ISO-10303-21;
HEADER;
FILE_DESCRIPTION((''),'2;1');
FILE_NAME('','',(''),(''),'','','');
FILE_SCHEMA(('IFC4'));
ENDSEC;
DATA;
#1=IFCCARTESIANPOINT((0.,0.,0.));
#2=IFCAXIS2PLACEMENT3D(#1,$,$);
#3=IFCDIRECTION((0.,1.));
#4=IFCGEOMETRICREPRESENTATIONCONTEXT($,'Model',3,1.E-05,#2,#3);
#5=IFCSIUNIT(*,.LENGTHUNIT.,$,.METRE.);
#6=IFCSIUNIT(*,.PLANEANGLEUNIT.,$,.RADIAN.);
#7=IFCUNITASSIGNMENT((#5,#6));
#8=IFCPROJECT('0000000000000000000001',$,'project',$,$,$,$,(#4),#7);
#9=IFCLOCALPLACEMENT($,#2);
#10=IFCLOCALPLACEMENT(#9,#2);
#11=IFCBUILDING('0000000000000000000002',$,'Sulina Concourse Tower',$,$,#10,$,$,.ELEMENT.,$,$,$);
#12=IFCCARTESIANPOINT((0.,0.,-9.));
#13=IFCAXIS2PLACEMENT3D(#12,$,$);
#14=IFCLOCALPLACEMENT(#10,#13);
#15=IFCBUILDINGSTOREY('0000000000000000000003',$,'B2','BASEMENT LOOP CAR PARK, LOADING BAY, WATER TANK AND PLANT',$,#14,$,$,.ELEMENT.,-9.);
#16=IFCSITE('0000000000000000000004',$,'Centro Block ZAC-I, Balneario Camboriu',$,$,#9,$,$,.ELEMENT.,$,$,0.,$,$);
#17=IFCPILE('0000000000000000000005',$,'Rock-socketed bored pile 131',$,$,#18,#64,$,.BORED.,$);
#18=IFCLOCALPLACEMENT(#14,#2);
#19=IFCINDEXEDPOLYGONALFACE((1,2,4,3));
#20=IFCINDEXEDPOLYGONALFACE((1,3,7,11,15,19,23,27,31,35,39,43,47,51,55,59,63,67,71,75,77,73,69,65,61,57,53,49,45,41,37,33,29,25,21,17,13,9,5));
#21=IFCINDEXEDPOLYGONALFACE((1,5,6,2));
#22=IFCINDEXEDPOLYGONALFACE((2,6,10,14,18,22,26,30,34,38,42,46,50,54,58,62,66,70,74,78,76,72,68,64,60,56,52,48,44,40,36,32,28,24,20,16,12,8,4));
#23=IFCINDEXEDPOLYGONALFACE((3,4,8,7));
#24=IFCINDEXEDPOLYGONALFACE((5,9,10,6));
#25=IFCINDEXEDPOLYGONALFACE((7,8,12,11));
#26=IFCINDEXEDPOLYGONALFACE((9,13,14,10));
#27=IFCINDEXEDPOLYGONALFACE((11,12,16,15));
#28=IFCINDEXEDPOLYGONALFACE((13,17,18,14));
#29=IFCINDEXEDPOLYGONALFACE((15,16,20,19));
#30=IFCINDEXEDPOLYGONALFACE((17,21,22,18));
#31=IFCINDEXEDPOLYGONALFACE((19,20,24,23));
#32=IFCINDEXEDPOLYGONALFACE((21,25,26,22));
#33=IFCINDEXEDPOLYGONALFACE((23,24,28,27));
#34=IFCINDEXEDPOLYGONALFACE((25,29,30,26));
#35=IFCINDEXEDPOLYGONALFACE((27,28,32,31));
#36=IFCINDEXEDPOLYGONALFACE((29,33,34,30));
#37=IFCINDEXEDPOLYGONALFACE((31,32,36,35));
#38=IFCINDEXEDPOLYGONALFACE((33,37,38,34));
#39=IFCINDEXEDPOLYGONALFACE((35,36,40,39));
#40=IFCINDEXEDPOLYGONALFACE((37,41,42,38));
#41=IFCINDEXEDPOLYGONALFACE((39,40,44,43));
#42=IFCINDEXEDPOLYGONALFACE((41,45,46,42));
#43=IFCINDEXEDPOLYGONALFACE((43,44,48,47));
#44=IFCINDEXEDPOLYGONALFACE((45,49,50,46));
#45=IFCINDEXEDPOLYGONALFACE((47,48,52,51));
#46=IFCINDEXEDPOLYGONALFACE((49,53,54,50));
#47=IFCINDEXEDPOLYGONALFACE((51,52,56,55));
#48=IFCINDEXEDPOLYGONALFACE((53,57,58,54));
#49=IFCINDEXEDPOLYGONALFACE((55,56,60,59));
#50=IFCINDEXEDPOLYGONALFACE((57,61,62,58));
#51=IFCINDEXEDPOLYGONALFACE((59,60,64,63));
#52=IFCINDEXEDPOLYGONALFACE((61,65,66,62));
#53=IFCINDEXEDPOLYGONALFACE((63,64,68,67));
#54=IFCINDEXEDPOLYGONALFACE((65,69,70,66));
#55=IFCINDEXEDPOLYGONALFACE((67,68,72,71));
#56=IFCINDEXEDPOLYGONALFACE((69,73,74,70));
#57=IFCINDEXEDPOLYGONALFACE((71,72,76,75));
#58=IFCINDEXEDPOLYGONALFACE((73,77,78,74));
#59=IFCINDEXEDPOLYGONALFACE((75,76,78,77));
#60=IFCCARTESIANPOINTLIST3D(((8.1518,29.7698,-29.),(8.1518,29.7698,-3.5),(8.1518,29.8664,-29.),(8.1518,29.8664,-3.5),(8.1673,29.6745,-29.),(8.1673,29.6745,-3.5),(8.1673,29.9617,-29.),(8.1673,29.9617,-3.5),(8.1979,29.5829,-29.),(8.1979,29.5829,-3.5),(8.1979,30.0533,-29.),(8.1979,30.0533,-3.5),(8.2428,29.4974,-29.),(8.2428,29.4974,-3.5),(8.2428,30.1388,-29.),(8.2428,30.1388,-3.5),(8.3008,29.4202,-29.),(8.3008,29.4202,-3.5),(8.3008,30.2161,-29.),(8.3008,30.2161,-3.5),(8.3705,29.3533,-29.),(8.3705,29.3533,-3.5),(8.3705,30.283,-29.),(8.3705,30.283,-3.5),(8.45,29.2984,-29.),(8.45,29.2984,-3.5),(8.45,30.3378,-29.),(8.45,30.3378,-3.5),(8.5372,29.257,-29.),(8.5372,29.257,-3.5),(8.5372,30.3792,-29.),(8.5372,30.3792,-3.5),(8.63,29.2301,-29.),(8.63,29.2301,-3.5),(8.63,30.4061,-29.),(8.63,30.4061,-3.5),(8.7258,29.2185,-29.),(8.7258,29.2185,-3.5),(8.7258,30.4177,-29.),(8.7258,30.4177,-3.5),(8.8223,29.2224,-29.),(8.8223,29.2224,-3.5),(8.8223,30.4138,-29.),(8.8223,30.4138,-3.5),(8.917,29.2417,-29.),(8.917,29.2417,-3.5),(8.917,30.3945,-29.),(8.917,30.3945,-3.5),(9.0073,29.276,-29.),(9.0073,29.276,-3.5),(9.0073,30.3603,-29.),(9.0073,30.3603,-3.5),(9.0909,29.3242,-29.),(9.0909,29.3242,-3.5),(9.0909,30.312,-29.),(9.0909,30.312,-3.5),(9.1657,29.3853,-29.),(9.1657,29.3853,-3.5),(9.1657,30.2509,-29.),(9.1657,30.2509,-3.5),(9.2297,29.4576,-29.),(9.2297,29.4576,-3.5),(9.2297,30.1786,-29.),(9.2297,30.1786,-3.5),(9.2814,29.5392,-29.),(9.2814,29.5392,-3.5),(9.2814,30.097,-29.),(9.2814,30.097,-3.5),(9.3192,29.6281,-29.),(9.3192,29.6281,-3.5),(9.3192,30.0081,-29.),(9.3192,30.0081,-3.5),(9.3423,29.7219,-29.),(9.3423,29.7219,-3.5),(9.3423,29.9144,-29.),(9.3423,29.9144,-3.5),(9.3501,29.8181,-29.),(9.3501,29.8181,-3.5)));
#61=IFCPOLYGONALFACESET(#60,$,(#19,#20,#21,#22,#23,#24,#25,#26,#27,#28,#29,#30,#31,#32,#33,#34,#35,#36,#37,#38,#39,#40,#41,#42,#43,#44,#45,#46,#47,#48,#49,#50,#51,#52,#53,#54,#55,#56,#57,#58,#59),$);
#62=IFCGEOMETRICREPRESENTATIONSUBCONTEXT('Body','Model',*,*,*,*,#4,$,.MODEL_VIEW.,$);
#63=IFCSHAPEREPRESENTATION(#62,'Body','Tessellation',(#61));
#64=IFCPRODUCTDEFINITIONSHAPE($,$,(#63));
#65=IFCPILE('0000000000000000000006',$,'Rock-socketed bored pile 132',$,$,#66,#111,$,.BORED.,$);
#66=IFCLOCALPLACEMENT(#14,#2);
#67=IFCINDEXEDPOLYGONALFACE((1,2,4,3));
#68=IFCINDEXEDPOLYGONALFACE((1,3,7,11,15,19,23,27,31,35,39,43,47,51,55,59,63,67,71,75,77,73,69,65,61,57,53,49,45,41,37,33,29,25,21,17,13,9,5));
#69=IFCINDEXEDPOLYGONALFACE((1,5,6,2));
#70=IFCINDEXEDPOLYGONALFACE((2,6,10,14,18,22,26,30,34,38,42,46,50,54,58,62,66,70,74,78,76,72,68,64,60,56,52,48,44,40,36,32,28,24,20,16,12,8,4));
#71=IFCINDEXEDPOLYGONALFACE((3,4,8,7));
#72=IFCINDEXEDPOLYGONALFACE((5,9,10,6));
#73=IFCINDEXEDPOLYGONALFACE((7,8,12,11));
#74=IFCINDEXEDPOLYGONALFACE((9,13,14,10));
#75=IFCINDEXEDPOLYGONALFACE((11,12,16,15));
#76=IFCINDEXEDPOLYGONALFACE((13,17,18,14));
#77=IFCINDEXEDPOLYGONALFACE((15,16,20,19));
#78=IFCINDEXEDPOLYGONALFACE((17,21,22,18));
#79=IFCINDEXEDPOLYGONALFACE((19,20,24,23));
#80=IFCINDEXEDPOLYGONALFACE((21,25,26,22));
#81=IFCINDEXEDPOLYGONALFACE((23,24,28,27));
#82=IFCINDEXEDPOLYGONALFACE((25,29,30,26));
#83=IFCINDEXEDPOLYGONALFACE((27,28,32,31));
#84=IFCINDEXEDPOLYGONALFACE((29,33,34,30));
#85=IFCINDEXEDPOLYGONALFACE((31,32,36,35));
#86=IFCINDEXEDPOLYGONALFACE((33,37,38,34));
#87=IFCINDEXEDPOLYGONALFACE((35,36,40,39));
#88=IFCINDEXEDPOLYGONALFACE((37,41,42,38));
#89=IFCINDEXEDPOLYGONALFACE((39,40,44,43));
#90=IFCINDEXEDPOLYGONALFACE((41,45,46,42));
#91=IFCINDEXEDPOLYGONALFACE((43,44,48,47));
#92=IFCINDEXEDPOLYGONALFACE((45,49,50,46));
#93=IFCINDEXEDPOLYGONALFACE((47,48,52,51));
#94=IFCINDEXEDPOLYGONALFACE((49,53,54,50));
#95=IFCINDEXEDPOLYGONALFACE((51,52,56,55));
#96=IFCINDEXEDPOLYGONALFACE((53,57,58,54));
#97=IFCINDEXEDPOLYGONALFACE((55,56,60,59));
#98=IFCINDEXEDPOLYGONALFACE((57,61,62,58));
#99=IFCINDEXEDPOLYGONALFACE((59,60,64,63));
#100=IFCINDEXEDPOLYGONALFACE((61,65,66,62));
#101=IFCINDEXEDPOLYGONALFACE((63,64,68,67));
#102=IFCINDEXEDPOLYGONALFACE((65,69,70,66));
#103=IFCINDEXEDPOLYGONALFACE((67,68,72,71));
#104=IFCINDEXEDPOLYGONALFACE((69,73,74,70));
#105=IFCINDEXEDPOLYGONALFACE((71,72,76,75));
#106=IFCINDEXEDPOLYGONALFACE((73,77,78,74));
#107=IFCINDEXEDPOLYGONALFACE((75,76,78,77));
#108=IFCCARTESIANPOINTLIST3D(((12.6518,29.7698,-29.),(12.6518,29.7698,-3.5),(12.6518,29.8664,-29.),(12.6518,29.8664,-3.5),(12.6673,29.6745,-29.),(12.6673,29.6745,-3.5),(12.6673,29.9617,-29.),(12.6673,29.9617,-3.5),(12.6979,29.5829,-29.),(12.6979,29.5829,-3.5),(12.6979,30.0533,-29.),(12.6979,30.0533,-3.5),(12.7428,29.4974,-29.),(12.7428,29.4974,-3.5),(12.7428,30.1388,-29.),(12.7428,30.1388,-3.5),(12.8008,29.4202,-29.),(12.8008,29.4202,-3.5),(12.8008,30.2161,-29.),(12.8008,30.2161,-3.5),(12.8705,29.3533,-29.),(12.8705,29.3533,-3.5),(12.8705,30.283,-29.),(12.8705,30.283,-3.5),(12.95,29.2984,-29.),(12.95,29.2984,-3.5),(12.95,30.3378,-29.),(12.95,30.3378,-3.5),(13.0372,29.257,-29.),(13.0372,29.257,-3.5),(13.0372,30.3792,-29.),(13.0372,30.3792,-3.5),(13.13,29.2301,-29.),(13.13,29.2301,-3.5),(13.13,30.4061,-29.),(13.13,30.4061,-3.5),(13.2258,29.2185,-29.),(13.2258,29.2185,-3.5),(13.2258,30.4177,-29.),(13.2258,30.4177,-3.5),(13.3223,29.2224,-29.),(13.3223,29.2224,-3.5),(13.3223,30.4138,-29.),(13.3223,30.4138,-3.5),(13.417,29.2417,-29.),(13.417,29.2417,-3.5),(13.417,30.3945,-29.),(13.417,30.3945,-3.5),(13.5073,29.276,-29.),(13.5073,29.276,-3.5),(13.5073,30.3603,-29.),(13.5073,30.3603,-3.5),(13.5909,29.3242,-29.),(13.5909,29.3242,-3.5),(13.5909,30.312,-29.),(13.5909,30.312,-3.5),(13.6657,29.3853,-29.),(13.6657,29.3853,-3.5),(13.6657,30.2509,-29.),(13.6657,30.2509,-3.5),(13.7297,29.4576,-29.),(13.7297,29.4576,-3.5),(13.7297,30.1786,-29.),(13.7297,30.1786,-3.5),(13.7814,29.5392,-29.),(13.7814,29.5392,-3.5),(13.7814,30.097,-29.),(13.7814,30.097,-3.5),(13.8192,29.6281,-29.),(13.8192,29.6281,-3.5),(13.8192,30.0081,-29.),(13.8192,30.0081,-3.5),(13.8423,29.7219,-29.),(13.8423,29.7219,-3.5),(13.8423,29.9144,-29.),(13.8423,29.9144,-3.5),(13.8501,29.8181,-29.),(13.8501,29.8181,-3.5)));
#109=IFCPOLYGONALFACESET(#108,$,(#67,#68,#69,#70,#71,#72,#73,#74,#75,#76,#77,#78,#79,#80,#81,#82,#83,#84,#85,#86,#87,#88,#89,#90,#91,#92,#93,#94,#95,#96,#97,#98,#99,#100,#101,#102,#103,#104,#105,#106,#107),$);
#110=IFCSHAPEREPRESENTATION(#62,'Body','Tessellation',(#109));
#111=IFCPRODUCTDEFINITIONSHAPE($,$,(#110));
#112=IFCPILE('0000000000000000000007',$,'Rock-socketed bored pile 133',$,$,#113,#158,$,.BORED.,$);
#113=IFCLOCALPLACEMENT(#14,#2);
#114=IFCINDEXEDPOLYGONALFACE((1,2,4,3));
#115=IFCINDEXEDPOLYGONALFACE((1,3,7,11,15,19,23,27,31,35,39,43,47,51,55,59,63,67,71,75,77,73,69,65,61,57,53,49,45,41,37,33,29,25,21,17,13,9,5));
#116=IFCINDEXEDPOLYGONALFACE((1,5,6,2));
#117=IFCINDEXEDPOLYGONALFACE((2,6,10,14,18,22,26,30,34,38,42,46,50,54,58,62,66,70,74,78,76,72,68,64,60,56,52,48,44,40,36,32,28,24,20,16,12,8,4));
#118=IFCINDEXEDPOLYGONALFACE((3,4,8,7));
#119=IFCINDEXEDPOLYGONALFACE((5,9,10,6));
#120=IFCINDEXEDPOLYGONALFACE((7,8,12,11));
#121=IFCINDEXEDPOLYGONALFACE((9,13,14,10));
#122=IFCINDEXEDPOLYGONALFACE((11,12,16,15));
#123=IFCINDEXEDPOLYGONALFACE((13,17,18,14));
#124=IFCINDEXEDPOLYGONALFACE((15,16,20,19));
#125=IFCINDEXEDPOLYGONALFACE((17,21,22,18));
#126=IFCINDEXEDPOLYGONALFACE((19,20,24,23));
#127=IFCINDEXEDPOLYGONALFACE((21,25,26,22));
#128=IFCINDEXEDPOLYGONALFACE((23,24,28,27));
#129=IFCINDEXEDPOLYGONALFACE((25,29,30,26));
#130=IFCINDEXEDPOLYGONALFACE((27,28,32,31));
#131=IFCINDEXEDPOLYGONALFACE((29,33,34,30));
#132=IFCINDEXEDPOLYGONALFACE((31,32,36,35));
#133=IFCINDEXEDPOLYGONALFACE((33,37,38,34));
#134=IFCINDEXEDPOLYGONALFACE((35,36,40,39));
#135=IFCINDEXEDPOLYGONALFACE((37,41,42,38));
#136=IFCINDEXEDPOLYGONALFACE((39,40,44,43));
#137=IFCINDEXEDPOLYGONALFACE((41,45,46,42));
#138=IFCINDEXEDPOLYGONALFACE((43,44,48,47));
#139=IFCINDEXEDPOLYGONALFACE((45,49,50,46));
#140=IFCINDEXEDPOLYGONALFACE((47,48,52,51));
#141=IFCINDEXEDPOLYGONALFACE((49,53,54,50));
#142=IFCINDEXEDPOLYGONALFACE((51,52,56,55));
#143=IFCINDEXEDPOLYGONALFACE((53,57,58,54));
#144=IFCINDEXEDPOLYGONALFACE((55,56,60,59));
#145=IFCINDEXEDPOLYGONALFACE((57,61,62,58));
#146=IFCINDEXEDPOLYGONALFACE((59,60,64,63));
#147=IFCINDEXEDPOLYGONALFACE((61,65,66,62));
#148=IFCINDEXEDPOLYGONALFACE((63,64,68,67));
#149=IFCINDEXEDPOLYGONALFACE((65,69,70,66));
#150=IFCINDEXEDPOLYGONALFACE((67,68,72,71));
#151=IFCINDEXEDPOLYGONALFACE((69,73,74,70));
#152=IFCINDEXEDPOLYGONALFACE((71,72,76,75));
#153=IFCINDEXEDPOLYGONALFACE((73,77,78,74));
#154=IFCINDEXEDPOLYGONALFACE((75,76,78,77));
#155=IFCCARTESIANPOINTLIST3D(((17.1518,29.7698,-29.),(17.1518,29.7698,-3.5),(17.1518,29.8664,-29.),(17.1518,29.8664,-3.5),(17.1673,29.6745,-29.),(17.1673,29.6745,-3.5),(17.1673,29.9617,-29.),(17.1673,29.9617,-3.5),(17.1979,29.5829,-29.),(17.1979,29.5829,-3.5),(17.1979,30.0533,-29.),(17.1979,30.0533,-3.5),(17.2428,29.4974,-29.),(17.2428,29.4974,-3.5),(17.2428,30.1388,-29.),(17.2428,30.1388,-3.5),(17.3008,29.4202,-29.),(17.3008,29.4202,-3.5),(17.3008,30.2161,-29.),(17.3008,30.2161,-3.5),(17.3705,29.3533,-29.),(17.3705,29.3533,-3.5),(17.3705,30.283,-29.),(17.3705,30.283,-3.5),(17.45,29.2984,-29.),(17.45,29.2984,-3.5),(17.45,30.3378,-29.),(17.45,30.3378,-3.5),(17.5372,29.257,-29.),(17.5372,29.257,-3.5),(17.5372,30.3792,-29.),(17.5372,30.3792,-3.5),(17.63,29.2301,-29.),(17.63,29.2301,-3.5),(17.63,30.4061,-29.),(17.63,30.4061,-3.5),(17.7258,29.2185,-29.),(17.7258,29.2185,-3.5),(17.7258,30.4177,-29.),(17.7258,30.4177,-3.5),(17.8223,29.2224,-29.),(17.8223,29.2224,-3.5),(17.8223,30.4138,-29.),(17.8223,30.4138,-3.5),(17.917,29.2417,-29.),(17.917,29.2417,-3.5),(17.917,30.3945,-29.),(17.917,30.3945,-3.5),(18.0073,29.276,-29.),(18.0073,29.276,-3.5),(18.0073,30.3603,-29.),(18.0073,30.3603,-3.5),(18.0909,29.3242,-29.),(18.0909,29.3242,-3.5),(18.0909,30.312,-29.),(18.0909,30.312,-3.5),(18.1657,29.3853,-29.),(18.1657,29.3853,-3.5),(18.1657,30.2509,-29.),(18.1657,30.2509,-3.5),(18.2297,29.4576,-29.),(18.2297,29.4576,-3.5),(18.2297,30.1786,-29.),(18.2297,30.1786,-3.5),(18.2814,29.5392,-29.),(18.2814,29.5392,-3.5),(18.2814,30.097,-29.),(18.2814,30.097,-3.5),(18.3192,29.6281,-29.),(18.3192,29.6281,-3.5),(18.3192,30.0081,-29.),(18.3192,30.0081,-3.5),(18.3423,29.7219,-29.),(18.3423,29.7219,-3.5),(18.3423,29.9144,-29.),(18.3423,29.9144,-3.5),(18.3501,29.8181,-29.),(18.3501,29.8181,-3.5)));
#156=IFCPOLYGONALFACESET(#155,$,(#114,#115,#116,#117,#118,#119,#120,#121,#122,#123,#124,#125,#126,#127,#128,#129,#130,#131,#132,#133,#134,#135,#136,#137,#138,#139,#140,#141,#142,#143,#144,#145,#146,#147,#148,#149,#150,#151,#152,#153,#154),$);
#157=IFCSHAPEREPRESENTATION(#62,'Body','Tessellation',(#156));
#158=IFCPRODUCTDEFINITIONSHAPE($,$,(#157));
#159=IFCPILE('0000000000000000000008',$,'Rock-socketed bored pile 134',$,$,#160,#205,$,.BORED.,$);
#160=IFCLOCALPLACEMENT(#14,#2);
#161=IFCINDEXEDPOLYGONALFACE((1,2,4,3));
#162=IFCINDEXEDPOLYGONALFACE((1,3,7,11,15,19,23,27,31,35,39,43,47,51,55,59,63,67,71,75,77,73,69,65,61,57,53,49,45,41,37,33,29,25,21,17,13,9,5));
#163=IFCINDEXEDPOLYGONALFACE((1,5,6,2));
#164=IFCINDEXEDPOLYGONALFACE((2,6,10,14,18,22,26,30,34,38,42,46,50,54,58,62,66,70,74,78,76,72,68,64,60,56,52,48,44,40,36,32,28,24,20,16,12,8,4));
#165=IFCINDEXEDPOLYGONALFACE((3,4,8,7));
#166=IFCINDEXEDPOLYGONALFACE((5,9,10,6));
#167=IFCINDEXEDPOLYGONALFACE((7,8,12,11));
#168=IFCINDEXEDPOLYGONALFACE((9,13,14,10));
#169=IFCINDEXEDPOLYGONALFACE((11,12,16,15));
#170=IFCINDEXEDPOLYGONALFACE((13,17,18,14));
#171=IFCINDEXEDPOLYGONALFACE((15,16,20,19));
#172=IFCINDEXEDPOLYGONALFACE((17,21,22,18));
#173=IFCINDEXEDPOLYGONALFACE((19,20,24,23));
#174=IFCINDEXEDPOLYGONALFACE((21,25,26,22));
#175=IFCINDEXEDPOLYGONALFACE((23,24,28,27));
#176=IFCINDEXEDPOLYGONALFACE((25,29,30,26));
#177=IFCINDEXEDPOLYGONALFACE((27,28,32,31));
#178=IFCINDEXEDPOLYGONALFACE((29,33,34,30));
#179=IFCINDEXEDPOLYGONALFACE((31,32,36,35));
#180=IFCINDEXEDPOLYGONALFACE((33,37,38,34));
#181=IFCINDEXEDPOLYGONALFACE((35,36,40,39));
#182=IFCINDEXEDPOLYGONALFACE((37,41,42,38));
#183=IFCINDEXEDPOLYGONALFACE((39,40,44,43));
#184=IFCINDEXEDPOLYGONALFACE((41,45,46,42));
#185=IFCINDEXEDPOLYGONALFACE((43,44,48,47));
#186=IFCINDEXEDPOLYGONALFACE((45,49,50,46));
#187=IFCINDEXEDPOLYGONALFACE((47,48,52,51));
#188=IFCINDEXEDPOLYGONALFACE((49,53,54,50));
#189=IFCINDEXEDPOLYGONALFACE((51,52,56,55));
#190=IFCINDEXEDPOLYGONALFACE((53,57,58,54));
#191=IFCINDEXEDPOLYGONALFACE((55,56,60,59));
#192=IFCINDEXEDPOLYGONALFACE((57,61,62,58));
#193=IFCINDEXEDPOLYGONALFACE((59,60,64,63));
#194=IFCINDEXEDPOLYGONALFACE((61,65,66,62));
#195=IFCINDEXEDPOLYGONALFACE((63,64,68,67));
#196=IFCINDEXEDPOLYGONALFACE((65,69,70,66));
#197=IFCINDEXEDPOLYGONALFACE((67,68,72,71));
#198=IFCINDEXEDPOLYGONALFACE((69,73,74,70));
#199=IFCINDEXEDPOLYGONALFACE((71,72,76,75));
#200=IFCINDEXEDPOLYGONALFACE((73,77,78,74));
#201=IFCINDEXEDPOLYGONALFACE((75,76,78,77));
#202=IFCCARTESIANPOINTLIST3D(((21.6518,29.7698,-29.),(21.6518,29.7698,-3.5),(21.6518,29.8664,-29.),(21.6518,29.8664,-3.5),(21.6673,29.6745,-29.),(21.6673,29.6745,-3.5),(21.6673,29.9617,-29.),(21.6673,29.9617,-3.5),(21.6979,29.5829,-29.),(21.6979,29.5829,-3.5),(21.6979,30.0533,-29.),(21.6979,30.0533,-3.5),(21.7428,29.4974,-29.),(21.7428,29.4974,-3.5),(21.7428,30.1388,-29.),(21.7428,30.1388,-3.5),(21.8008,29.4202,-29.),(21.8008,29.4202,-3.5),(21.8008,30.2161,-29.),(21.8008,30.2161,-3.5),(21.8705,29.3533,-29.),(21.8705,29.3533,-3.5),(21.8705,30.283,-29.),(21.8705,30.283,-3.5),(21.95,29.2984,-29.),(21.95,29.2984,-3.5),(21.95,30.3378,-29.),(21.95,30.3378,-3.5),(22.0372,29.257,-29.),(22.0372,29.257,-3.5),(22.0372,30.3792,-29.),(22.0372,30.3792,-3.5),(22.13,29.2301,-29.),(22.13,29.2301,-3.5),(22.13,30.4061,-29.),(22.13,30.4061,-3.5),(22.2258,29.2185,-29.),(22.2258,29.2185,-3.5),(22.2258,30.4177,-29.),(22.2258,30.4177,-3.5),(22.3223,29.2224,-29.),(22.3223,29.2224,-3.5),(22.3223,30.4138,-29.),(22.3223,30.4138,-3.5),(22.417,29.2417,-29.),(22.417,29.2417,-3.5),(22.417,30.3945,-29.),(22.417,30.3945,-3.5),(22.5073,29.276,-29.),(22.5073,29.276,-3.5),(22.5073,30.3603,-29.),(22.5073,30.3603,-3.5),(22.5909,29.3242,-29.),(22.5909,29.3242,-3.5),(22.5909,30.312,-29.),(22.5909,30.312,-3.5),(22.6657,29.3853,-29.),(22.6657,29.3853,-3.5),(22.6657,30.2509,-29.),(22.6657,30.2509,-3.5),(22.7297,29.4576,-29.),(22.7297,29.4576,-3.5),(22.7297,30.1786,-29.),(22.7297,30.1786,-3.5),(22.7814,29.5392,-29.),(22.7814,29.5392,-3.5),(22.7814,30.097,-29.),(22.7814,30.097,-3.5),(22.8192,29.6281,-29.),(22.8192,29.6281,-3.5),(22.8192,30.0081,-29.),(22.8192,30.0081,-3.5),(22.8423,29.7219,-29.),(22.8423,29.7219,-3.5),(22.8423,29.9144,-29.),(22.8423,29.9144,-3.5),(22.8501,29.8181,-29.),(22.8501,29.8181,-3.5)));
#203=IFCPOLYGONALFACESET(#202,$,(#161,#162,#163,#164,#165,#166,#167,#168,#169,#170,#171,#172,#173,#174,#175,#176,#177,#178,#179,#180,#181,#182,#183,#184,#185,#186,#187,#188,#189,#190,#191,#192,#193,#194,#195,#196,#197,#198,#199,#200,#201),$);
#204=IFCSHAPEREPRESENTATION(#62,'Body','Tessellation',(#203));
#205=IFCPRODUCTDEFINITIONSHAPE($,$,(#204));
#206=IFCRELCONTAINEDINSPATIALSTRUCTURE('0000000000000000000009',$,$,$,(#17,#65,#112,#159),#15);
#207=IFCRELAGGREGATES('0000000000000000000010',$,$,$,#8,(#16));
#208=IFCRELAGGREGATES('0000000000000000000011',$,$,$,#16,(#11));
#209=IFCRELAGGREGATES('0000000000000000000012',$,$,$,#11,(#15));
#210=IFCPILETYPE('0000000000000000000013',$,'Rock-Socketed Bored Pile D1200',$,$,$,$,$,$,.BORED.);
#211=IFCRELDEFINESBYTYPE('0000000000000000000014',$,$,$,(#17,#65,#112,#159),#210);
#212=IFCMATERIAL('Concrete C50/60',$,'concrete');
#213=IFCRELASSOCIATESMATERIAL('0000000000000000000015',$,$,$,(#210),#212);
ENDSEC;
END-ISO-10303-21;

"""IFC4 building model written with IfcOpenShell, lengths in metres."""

from ifc_helpers import new_model, si_unit, direction, frame, origin, origin_2d, place, context, subcontext, project, spatial, circle, extrude, material, material_profile, profile_set, type_object, element, save


model = new_model("IFC4")

# Units and contexts
model_context = context("Model", 3, precision=1e-05, world=origin(), true_north=direction((0.0, 1.0)))
body_context = subcontext(model_context, "Body", "Model", "MODEL_VIEW")
ifc_project = project(units=[si_unit("LENGTHUNIT", "METRE"), si_unit("PLANEANGLEUNIT", "RADIAN")], contexts=[model_context])

# Site, building, storey
site_placement = place(None, origin())
site = spatial("IfcSite", under=ifc_project, at=site_placement, Name="Centro Block ZAC-I, Balneario Camboriu", CompositionType="ELEMENT", RefElevation=0.0)
building_placement = place(site_placement, origin())
building = spatial("IfcBuilding", under=site, at=building_placement, Name="Sulina Concourse Tower", CompositionType="ELEMENT")
storey_placement = place(building_placement, frame((0.0, 0.0, -9.0)))
storey = spatial("IfcBuildingStorey", under=building, at=storey_placement, Name="B2", Description="BASEMENT LOOP CAR PARK, LOADING BAY, WATER TANK AND PLANT", CompositionType="ELEMENT", Elevation=-9.0)

# Piles
ifc_material_1 = material(Name="Concrete C50/60", Category="concrete")
ifc_material_profile_1 = material_profile(ifc_material_1, circle(Radius=0.6001, at=origin_2d()), Name="PILE D1200")
ifc_profile_set_1 = profile_set([ifc_material_profile_1], Name="Concrete C50/60")
pile_type_1 = type_object("IfcPileType", Name="Rock-Socketed Bored Pile D1200", PredefinedType="BORED", material=ifc_profile_set_1)
for number, where, z_axis, x_axis, name in (
    (1, (8.75, 29.8181, -3.5), (0.0, 0.0, -1.0), (1.0, 0.0, 0.0), "Rock-socketed bored pile 131"),
    (2, (13.25, 29.8181, -3.5), (0.0, 0.0, -1.0), (1.0, 0.0, 0.0), "Rock-socketed bored pile 132"),
    (3, (17.75, 29.8181, -3.5), (0.0, 0.0, -1.0), (1.0, 0.0, 0.0), "Rock-socketed bored pile 133"),
    (4, (22.25, 29.8181, -3.5), (0.0, 0.0, -1.0), (1.0, 0.0, 0.0), "Rock-socketed bored pile 134"),
):
    element("IfcPile", number, at=place(storey_placement, frame(where, z_axis=z_axis, x_axis=x_axis)), inside=storey, type_object=pile_type_1, Name=name, PredefinedType="BORED", context=body_context, shape_type="SweptSolid", body=[
        extrude(circle(Radius=0.6001, at=origin_2d()), origin(), (0.0, 0.0, 1.0), 25.5),
    ])

save(model, "model.ifc")
